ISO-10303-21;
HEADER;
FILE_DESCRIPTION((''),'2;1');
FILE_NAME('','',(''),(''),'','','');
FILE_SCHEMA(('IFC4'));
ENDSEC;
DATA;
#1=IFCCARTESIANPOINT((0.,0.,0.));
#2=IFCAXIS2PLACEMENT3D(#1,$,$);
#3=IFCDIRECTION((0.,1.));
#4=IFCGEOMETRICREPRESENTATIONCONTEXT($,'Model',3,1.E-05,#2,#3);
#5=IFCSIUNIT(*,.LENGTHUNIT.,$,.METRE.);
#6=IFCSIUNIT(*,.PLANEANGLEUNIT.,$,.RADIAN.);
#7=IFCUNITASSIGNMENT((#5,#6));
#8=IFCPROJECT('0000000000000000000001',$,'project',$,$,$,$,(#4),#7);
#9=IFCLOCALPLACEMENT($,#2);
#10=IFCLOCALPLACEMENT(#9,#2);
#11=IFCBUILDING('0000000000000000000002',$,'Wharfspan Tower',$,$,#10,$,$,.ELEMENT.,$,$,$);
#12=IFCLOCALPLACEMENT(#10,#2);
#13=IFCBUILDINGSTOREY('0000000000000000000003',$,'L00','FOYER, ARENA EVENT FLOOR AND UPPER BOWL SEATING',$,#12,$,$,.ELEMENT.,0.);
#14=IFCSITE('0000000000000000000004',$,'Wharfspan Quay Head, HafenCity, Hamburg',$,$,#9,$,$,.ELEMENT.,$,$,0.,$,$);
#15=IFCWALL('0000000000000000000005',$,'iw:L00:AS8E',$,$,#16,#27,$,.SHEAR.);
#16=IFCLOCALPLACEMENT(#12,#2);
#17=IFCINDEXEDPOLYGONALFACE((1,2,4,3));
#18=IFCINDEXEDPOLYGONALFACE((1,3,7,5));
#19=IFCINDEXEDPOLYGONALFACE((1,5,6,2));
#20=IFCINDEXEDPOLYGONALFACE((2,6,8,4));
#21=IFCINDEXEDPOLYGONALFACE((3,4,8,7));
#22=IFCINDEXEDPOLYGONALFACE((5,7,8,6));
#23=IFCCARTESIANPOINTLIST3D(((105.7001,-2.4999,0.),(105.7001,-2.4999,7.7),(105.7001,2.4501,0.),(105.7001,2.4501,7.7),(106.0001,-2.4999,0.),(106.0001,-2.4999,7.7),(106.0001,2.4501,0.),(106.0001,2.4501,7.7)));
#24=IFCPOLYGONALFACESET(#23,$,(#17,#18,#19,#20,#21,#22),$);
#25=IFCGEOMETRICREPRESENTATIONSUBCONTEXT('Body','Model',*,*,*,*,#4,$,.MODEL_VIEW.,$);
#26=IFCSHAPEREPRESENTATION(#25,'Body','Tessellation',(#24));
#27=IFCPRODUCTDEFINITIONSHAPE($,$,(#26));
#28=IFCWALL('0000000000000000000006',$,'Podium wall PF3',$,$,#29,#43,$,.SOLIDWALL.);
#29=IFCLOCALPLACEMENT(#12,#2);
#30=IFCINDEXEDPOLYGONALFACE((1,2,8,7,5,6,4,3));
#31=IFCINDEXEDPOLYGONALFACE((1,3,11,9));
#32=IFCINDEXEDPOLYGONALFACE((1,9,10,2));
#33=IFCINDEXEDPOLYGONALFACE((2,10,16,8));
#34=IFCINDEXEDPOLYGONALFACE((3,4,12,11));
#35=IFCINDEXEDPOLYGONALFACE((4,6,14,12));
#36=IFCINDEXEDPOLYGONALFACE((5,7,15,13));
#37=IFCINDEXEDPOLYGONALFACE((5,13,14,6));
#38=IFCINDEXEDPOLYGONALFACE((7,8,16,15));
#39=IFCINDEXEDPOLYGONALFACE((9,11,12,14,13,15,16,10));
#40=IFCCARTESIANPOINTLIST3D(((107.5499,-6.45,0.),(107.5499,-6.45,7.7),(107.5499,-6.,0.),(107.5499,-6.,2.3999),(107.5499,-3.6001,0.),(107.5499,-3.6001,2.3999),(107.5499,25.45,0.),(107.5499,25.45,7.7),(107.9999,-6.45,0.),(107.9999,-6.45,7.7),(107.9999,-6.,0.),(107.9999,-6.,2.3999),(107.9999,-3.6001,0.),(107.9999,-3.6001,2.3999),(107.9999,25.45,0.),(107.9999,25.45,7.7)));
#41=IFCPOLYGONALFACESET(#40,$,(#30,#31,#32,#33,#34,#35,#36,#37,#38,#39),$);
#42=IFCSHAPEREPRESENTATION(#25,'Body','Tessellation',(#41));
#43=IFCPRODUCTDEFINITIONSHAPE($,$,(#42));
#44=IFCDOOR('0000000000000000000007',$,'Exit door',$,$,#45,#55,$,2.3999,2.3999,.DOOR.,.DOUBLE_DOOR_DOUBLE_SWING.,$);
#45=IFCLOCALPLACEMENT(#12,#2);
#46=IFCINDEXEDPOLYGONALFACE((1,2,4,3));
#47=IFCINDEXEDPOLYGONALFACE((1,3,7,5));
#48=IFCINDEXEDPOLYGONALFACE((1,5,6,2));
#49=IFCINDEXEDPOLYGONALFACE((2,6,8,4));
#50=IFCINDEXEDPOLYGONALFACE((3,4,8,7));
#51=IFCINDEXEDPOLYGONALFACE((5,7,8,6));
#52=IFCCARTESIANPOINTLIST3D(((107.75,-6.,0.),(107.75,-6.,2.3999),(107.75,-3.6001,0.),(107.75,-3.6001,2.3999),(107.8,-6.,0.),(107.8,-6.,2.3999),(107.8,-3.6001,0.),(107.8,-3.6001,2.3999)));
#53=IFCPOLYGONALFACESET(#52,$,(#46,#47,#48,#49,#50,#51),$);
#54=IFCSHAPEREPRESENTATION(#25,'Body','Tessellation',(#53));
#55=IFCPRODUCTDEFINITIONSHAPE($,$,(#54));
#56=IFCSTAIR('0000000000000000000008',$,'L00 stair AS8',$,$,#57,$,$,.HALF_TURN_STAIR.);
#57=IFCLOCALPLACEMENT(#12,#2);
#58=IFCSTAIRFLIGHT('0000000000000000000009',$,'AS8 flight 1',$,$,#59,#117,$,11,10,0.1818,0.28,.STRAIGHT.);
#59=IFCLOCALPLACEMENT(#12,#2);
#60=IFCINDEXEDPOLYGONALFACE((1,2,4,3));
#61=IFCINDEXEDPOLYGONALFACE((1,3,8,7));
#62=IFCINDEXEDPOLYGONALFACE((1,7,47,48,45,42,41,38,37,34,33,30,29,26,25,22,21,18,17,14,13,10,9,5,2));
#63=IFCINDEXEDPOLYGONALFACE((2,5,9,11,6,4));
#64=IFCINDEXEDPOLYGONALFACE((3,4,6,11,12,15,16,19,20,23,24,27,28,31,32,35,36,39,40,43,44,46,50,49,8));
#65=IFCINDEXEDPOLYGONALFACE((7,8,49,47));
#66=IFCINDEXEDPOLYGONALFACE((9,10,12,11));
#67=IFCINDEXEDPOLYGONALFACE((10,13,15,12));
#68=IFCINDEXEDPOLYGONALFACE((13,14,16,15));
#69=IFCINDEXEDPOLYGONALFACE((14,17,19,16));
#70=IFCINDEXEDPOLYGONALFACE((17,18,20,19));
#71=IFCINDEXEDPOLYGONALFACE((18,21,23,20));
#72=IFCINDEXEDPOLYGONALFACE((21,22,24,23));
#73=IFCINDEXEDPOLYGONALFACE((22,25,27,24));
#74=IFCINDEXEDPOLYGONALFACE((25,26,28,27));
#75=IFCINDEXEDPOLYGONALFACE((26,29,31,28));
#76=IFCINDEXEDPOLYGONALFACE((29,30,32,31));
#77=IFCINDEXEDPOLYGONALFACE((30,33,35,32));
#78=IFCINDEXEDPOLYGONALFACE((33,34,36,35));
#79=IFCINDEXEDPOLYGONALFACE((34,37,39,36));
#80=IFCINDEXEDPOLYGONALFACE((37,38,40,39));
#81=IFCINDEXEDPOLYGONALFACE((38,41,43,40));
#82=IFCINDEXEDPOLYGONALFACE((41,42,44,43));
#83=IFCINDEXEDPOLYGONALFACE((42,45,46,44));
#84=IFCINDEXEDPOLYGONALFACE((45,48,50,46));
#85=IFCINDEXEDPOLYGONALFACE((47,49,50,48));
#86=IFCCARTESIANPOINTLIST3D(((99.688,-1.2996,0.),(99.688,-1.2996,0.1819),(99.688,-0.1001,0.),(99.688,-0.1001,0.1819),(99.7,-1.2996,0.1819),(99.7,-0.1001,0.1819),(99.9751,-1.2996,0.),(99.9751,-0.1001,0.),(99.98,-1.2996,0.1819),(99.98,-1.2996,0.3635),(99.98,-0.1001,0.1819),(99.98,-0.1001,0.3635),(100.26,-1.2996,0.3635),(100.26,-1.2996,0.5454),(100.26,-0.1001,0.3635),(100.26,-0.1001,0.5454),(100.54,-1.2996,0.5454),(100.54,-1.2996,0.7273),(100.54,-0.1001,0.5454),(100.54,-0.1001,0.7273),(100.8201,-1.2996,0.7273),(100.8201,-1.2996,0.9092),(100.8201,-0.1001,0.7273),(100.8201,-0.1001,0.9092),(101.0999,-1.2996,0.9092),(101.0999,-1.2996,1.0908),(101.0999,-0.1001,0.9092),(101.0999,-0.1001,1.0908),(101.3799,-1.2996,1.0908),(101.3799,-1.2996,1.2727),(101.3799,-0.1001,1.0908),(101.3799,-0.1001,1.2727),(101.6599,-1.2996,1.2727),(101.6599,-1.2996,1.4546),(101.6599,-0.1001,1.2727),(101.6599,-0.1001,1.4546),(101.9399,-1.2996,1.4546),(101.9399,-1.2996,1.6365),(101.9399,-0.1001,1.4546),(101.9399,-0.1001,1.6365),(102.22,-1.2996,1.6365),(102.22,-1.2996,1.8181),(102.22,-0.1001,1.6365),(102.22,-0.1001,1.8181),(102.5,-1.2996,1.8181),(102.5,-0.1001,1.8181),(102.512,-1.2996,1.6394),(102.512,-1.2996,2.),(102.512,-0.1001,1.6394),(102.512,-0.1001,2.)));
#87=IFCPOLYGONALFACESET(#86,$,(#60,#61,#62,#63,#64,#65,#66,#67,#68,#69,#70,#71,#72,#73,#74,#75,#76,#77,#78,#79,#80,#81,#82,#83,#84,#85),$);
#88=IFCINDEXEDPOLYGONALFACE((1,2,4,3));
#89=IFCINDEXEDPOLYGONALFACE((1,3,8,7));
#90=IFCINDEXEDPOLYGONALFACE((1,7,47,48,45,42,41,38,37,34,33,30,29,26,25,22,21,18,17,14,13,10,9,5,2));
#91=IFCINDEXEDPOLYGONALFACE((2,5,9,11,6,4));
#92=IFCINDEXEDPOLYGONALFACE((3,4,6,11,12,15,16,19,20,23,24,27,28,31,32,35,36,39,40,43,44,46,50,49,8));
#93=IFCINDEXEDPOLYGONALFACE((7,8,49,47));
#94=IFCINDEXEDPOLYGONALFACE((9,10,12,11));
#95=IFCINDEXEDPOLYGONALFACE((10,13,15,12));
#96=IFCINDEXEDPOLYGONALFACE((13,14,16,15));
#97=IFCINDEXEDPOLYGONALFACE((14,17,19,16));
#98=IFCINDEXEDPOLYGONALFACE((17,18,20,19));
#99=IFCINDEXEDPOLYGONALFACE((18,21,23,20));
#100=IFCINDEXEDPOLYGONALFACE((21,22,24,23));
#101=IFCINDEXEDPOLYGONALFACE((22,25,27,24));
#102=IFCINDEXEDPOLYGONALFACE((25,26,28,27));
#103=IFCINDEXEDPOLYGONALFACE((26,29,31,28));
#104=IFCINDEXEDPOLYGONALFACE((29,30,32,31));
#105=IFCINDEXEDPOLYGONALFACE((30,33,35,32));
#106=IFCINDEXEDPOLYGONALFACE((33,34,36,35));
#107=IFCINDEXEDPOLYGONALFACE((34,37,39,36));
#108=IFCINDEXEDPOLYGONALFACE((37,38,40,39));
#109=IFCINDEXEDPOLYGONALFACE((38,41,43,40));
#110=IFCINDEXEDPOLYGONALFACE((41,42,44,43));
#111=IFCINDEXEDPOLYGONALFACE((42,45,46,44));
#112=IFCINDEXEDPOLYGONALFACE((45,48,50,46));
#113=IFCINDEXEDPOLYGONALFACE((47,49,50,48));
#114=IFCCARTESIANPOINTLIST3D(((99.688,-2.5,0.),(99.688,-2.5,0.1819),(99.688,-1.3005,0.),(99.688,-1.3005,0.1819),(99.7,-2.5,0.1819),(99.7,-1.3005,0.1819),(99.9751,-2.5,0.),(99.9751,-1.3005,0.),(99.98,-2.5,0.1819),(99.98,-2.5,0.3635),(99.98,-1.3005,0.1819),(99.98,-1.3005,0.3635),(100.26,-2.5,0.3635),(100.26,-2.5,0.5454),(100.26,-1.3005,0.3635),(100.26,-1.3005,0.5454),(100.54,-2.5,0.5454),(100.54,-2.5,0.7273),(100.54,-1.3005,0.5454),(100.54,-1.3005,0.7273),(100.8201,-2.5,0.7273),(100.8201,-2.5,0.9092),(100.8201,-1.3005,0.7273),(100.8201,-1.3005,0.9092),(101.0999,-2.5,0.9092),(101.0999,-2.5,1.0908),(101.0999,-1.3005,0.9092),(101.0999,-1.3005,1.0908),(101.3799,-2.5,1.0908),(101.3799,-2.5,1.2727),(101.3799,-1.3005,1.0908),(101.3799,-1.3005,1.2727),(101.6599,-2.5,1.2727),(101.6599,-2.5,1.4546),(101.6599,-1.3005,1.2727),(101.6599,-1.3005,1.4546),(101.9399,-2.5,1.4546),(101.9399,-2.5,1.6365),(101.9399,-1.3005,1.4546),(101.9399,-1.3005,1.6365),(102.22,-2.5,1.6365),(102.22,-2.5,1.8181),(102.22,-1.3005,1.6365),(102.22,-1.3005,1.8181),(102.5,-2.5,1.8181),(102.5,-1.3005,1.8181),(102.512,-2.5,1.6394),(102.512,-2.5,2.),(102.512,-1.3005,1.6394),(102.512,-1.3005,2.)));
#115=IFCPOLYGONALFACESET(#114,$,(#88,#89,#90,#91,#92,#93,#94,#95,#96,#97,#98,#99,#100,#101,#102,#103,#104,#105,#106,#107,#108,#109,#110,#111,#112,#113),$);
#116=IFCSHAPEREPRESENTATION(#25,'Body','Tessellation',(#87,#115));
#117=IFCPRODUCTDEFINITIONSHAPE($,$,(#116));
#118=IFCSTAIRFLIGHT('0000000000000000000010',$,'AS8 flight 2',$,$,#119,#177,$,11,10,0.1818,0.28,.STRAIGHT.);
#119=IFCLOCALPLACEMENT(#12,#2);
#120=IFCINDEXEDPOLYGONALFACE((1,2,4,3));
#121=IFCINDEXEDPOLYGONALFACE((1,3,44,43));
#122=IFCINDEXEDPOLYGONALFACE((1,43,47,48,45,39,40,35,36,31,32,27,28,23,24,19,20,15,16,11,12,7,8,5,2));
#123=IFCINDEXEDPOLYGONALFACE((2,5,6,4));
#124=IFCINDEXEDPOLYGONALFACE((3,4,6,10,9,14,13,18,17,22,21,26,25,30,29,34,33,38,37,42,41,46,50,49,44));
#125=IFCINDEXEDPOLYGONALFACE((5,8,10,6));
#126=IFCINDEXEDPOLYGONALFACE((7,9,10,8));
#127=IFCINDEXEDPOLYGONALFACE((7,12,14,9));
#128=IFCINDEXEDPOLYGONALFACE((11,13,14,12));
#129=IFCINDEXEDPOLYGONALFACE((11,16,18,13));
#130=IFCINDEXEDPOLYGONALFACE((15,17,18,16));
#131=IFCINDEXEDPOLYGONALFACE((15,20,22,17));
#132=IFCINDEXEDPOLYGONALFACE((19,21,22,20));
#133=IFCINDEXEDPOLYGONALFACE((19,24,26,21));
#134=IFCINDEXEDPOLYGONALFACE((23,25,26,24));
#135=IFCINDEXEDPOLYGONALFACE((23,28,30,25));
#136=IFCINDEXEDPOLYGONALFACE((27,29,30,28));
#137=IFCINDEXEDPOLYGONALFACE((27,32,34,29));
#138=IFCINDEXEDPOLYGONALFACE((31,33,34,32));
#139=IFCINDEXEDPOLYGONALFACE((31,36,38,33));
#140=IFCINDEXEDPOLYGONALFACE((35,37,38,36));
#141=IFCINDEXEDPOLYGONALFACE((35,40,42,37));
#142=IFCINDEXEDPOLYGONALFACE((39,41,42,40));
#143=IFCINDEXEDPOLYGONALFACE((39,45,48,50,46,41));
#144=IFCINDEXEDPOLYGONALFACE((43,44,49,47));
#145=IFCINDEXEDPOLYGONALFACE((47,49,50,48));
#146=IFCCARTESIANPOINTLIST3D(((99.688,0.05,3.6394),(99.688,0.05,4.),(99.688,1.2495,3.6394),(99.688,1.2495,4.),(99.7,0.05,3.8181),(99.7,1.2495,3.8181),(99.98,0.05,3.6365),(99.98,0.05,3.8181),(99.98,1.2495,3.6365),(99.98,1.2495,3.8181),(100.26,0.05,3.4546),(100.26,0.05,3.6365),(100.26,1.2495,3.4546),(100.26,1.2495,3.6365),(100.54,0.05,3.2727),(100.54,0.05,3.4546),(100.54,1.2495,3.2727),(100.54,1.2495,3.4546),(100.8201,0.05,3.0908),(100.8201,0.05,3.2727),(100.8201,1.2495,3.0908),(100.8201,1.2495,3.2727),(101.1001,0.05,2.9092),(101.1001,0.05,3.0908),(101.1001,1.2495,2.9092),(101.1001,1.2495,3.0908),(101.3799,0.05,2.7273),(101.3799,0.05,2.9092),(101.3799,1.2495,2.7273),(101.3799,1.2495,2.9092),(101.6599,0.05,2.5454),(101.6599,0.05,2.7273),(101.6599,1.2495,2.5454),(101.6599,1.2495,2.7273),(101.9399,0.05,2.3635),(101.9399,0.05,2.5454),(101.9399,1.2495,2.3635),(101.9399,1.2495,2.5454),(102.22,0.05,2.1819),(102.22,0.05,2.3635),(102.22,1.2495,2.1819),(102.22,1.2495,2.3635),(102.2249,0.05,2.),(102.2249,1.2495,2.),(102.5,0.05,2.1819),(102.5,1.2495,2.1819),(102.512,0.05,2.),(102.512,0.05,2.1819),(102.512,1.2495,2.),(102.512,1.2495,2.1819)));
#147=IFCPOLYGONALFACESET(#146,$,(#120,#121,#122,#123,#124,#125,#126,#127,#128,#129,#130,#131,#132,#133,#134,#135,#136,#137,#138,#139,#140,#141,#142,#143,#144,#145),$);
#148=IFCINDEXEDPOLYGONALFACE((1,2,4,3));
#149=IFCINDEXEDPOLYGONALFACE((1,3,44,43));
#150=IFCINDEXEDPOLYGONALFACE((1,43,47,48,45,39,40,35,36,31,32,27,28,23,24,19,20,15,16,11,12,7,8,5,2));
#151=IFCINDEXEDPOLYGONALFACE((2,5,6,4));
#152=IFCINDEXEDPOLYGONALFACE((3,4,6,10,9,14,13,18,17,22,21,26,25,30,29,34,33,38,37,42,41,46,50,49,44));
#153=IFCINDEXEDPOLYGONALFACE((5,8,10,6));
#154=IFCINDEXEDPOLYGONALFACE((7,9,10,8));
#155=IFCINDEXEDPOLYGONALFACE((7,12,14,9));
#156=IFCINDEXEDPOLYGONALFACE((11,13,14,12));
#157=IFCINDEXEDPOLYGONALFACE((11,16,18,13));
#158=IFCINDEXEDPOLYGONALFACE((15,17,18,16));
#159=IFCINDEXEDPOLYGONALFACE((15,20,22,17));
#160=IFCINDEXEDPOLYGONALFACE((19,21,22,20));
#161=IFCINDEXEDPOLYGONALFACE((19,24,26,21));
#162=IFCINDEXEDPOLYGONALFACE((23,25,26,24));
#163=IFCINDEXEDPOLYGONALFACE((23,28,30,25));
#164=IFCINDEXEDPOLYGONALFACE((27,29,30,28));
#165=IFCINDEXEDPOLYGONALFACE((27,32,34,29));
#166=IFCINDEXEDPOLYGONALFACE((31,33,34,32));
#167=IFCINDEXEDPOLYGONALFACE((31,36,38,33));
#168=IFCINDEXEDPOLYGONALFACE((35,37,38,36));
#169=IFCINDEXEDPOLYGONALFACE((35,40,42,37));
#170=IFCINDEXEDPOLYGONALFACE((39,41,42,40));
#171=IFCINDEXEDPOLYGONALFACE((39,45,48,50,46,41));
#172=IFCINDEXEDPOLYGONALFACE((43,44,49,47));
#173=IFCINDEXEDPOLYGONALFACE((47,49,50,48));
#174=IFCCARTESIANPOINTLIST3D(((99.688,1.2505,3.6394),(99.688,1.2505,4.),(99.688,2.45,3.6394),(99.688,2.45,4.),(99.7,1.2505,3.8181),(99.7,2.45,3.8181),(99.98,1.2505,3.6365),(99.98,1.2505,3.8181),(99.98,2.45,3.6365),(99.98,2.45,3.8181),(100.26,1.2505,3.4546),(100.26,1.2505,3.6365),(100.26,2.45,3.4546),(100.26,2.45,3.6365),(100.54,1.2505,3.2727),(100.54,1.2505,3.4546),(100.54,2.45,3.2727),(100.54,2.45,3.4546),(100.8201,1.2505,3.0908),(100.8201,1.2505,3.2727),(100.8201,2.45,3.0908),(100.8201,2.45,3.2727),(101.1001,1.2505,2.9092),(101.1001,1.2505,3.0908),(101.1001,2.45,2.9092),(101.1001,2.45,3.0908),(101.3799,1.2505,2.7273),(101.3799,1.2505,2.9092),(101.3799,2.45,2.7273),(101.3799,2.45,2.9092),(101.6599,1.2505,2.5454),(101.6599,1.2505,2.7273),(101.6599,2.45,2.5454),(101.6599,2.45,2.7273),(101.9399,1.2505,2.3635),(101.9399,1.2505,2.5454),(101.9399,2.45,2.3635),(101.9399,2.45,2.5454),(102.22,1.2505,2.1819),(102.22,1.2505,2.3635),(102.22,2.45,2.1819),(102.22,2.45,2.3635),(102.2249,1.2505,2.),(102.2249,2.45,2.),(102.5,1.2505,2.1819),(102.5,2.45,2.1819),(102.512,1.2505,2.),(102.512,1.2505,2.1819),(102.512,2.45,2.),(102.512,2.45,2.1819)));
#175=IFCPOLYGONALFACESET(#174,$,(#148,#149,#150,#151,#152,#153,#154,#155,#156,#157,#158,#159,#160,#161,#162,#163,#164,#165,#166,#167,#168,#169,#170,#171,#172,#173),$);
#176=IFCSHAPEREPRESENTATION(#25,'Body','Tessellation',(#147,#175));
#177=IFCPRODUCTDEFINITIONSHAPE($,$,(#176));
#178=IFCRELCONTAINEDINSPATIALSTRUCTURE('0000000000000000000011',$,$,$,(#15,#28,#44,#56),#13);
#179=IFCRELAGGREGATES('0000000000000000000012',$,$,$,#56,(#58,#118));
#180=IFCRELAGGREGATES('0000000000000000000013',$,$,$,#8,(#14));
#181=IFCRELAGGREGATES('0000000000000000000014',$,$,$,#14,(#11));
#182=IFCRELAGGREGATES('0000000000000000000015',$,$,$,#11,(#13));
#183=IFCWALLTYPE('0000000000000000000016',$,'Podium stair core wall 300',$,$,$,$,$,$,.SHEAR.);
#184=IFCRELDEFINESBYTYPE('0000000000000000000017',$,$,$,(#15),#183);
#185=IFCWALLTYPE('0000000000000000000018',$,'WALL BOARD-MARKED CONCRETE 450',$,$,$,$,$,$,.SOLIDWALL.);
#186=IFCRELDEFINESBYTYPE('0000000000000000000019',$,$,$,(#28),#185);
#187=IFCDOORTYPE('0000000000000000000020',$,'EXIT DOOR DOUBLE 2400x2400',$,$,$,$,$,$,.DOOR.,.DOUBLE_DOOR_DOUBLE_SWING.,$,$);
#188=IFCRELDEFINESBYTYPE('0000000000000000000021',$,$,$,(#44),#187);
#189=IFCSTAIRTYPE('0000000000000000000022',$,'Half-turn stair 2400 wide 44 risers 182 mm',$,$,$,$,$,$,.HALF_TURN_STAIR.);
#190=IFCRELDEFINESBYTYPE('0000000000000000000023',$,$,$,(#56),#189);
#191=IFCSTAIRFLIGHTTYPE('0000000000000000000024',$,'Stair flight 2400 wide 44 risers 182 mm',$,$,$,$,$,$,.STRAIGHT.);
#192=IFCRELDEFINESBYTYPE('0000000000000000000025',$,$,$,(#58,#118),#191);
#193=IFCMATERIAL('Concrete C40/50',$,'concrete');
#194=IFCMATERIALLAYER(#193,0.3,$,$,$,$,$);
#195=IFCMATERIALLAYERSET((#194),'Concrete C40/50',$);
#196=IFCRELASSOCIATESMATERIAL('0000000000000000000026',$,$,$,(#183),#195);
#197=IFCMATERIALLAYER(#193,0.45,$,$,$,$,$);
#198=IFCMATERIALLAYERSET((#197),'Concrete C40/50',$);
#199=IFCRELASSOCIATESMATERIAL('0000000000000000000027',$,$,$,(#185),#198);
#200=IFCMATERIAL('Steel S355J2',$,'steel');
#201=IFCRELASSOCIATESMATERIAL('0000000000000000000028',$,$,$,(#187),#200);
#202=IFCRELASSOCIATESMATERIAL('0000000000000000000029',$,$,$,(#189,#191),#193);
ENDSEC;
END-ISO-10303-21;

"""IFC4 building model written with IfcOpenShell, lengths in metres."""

from ifc_helpers import new_model, si_unit, direction, frame, frame_2d, origin, place, context, subcontext, project, spatial, polyline, rectangle, outline, extrude, material, layer, layer_set, type_object, element, fill, aggregate, save


model = new_model("IFC4")

# Units and contexts
model_context = context("Model", 3, precision=1e-05, world=origin(), true_north=direction((0.0, 1.0)))
body_context = subcontext(model_context, "Body", "Model", "MODEL_VIEW")
ifc_project = project(units=[si_unit("LENGTHUNIT", "METRE"), si_unit("PLANEANGLEUNIT", "RADIAN")], contexts=[model_context])

# Site, building, storey
site_placement = place(None, origin())
site = spatial("IfcSite", under=ifc_project, at=site_placement, Name="Wharfspan Quay Head, HafenCity, Hamburg", CompositionType="ELEMENT", RefElevation=0.0)
building_placement = place(site_placement, origin())
building = spatial("IfcBuilding", under=site, at=building_placement, Name="Wharfspan Tower", CompositionType="ELEMENT")
storey_placement = place(building_placement, origin())
storey = spatial("IfcBuildingStorey", under=building, at=storey_placement, Name="L00", Description="FOYER, ARENA EVENT FLOOR AND UPPER BOWL SEATING", CompositionType="ELEMENT", Elevation=0.0)

# Shared definitions
ifc_material_1 = material(Name="Concrete C40/50", Category="concrete")
ifc_layer_1 = layer(ifc_material_1, 0.3)
ifc_layer_set_1 = layer_set([ifc_layer_1], Name="Concrete C40/50")
wall_type_1 = type_object("IfcWallType", Name="Podium stair core wall 300", PredefinedType="SHEAR", material=ifc_layer_set_1)

# Wall
wall_1_placement = place(storey_placement, frame((105.8501, -2.5, 0.0), z_axis=(0.0, 0.0, 1.0), x_axis=(0.0, 1.0, 0.0)))
element("IfcWall", 1, at=wall_1_placement, inside=storey, type_object=wall_type_1, Name="iw:L00:AS8E", PredefinedType="SHEAR", context=body_context, shape_type="SweptSolid", body=[
    extrude(rectangle(XDim=4.95, YDim=0.3, at=frame_2d((2.4751, 0.0))), origin(), (0.0, 0.0, 1.0), 7.7),
])

# Wall, opening, door
ifc_layer_2 = layer(ifc_material_1, 0.45)
ifc_layer_set_2 = layer_set([ifc_layer_2], Name="Concrete C40/50")
wall_type_2 = type_object("IfcWallType", Name="WALL BOARD-MARKED CONCRETE 450", PredefinedType="SOLIDWALL", material=ifc_layer_set_2)
wall_2_placement = place(storey_placement, frame((107.7749, -6.45, 0.0), z_axis=(0.0, 0.0, 1.0), x_axis=(0.0, 1.0, 0.0)))
wall_2 = element("IfcWall", 2, at=wall_2_placement, inside=storey, type_object=wall_type_2, Name="Podium wall PF3", PredefinedType="SOLIDWALL", context=body_context, shape_type="SweptSolid", body=[
    extrude(rectangle(XDim=31.8999, YDim=0.45, at=frame_2d((15.95, 0.0))), origin(), (0.0, 0.0, 1.0), 7.7),
])
opening_1_placement = place(wall_2_placement, frame((0.45, 0.0, 0.0)))
opening_1 = element("IfcOpeningElement", 3, at=opening_1_placement, cuts=wall_2, PredefinedType="OPENING", context=body_context, shape_type="SweptSolid", body=[
    extrude(rectangle(XDim=2.3999, YDim=2.3999, at=frame_2d((1.2, 1.2))), frame((0.0, 0.2349, 0.0), z_axis=(0.0, -1.0, 0.0), x_axis=(1.0, 0.0, 0.0)), (0.0, 0.0, 1.0), 0.47),
])
ifc_material_2 = material(Name="Steel S355J2", Category="steel")
door_type_1 = type_object("IfcDoorType", Name="EXIT DOOR DOUBLE 2400x2400", OperationType="DOUBLE_DOOR_DOUBLE_SWING", PredefinedType="DOOR", material=ifc_material_2)
door_1_placement = place(opening_1_placement, origin())
door_1 = element("IfcDoor", 4, at=door_1_placement, inside=storey, type_object=door_type_1, Name="Exit door", OperationType="DOUBLE_DOOR_DOUBLE_SWING", OverallHeight=2.3999, OverallWidth=2.3999, PredefinedType="DOOR", context=body_context, shape_type="SweptSolid", body=[
    extrude(rectangle(XDim=2.3999, YDim=2.3999, at=frame_2d((1.2, 1.2))), frame((0.0, 0.0249, 0.0), z_axis=(0.0, -1.0, 0.0), x_axis=(1.0, 0.0, 0.0)), (0.0, 0.0, 1.0), 0.05),
])
fill(opening_1, door_1)

# Stair, stair flights
stair_type = type_object("IfcStairType", Name="Half-turn stair 2400 wide 44 risers 182 mm", PredefinedType="HALF_TURN_STAIR", material=ifc_material_1)
stair_placement = place(storey_placement, origin())
stair = element("IfcStair", 5, at=stair_placement, inside=storey, type_object=stair_type, Name="L00 stair AS8", PredefinedType="HALF_TURN_STAIR")
stair_flight_type = type_object("IfcStairFlightType", Name="Stair flight 2400 wide 44 risers 182 mm", PredefinedType="STRAIGHT", material=ifc_material_1)
stair_flight_1_placement = place(storey_placement, frame((99.7, -1.3, 0.0), z_axis=(0.0, 0.0, 1.0), x_axis=(1.0, 0.0, 0.0)))
stair_flight_1 = element("IfcStairFlight", 6, at=stair_flight_1_placement, type_object=stair_flight_type, Name="AS8 flight 1", NumberOfRisers=11, NumberOfTreads=10, PredefinedType="STRAIGHT", RiserHeight=0.1818, TreadLength=0.28, context=body_context, shape_type="SweptSolid", body=[
    extrude(outline(polyline([(-0.012, 0.0), (-0.012, 0.1819), (0.0, 0.1819), (0.28, 0.1819), (0.28, 0.3635), (0.5601, 0.3635), (0.5601, 0.5454), (0.8401, 0.5454), (0.8401, 0.7273), (1.1201, 0.7273), (1.1201, 0.9092), (1.3999, 0.9092), (1.3999, 1.0908), (1.6799, 1.0908), (1.6799, 1.2727), (1.96, 1.2727), (1.96, 1.4546), (2.24, 1.4546), (2.24, 1.6365), (2.52, 1.6365), (2.52, 1.8181), (2.8, 1.8181), (2.812, 2.0), (2.812, 1.6394), (0.2751, 0.0), (-0.012, 0.0)])), frame((0.0, 1.2, 0.0), z_axis=(0.0, -1.0, 0.0), x_axis=(1.0, 0.0, 0.0)), (0.0, 0.0, 1.0), 1.1995),
    extrude(outline(polyline([(-0.012, 0.0), (-0.012, 0.1819), (0.0, 0.1819), (0.28, 0.1819), (0.28, 0.3635), (0.5601, 0.3635), (0.5601, 0.5454), (0.8401, 0.5454), (0.8401, 0.7273), (1.1201, 0.7273), (1.1201, 0.9092), (1.3999, 0.9092), (1.3999, 1.0908), (1.6799, 1.0908), (1.6799, 1.2727), (1.96, 1.2727), (1.96, 1.4546), (2.24, 1.4546), (2.24, 1.6365), (2.52, 1.6365), (2.52, 1.8181), (2.8, 1.8181), (2.812, 2.0), (2.812, 1.6394), (0.2751, 0.0), (-0.012, 0.0)])), frame((0.0, -0.0005, 0.0), z_axis=(0.0, -1.0, 0.0), x_axis=(1.0, 0.0, 0.0)), (0.0, 0.0, 1.0), 1.1995),
])
stair_flight_2_placement = place(storey_placement, frame((102.5, 1.25, 2.0), z_axis=(0.0, 0.0, 1.0), x_axis=(-1.0, 0.0, 0.0)))
stair_flight_2 = element("IfcStairFlight", 7, at=stair_flight_2_placement, type_object=stair_flight_type, Name="AS8 flight 2", NumberOfRisers=11, NumberOfTreads=10, PredefinedType="STRAIGHT", RiserHeight=0.1818, TreadLength=0.28, context=body_context, shape_type="SweptSolid", body=[
    extrude(outline(polyline([(-0.012, 0.0), (-0.012, 0.1819), (0.0, 0.1819), (0.28, 0.1819), (0.28, 0.3635), (0.5601, 0.3635), (0.5601, 0.5454), (0.8401, 0.5454), (0.8401, 0.7273), (1.1201, 0.7273), (1.1201, 0.9092), (1.3999, 0.9092), (1.3999, 1.0908), (1.6799, 1.0908), (1.6799, 1.2727), (1.96, 1.2727), (1.96, 1.4546), (2.24, 1.4546), (2.24, 1.6365), (2.52, 1.6365), (2.52, 1.8181), (2.8, 1.8181), (2.812, 2.0), (2.812, 1.6394), (0.2751, 0.0), (-0.012, 0.0)])), frame((0.0, 1.2, 0.0), z_axis=(0.0, -1.0, 0.0), x_axis=(1.0, 0.0, 0.0)), (0.0, 0.0, 1.0), 1.1995),
    extrude(outline(polyline([(-0.012, 0.0), (-0.012, 0.1819), (0.0, 0.1819), (0.28, 0.1819), (0.28, 0.3635), (0.5601, 0.3635), (0.5601, 0.5454), (0.8401, 0.5454), (0.8401, 0.7273), (1.1201, 0.7273), (1.1201, 0.9092), (1.3999, 0.9092), (1.3999, 1.0908), (1.6799, 1.0908), (1.6799, 1.2727), (1.96, 1.2727), (1.96, 1.4546), (2.24, 1.4546), (2.24, 1.6365), (2.52, 1.6365), (2.52, 1.8181), (2.8, 1.8181), (2.812, 2.0), (2.812, 1.6394), (0.2751, 0.0), (-0.012, 0.0)])), frame((0.0, -0.0005, 0.0), z_axis=(0.0, -1.0, 0.0), x_axis=(1.0, 0.0, 0.0)), (0.0, 0.0, 1.0), 1.1995),
])
aggregate(stair, [stair_flight_1, stair_flight_2])

save(model, "model.ifc")
